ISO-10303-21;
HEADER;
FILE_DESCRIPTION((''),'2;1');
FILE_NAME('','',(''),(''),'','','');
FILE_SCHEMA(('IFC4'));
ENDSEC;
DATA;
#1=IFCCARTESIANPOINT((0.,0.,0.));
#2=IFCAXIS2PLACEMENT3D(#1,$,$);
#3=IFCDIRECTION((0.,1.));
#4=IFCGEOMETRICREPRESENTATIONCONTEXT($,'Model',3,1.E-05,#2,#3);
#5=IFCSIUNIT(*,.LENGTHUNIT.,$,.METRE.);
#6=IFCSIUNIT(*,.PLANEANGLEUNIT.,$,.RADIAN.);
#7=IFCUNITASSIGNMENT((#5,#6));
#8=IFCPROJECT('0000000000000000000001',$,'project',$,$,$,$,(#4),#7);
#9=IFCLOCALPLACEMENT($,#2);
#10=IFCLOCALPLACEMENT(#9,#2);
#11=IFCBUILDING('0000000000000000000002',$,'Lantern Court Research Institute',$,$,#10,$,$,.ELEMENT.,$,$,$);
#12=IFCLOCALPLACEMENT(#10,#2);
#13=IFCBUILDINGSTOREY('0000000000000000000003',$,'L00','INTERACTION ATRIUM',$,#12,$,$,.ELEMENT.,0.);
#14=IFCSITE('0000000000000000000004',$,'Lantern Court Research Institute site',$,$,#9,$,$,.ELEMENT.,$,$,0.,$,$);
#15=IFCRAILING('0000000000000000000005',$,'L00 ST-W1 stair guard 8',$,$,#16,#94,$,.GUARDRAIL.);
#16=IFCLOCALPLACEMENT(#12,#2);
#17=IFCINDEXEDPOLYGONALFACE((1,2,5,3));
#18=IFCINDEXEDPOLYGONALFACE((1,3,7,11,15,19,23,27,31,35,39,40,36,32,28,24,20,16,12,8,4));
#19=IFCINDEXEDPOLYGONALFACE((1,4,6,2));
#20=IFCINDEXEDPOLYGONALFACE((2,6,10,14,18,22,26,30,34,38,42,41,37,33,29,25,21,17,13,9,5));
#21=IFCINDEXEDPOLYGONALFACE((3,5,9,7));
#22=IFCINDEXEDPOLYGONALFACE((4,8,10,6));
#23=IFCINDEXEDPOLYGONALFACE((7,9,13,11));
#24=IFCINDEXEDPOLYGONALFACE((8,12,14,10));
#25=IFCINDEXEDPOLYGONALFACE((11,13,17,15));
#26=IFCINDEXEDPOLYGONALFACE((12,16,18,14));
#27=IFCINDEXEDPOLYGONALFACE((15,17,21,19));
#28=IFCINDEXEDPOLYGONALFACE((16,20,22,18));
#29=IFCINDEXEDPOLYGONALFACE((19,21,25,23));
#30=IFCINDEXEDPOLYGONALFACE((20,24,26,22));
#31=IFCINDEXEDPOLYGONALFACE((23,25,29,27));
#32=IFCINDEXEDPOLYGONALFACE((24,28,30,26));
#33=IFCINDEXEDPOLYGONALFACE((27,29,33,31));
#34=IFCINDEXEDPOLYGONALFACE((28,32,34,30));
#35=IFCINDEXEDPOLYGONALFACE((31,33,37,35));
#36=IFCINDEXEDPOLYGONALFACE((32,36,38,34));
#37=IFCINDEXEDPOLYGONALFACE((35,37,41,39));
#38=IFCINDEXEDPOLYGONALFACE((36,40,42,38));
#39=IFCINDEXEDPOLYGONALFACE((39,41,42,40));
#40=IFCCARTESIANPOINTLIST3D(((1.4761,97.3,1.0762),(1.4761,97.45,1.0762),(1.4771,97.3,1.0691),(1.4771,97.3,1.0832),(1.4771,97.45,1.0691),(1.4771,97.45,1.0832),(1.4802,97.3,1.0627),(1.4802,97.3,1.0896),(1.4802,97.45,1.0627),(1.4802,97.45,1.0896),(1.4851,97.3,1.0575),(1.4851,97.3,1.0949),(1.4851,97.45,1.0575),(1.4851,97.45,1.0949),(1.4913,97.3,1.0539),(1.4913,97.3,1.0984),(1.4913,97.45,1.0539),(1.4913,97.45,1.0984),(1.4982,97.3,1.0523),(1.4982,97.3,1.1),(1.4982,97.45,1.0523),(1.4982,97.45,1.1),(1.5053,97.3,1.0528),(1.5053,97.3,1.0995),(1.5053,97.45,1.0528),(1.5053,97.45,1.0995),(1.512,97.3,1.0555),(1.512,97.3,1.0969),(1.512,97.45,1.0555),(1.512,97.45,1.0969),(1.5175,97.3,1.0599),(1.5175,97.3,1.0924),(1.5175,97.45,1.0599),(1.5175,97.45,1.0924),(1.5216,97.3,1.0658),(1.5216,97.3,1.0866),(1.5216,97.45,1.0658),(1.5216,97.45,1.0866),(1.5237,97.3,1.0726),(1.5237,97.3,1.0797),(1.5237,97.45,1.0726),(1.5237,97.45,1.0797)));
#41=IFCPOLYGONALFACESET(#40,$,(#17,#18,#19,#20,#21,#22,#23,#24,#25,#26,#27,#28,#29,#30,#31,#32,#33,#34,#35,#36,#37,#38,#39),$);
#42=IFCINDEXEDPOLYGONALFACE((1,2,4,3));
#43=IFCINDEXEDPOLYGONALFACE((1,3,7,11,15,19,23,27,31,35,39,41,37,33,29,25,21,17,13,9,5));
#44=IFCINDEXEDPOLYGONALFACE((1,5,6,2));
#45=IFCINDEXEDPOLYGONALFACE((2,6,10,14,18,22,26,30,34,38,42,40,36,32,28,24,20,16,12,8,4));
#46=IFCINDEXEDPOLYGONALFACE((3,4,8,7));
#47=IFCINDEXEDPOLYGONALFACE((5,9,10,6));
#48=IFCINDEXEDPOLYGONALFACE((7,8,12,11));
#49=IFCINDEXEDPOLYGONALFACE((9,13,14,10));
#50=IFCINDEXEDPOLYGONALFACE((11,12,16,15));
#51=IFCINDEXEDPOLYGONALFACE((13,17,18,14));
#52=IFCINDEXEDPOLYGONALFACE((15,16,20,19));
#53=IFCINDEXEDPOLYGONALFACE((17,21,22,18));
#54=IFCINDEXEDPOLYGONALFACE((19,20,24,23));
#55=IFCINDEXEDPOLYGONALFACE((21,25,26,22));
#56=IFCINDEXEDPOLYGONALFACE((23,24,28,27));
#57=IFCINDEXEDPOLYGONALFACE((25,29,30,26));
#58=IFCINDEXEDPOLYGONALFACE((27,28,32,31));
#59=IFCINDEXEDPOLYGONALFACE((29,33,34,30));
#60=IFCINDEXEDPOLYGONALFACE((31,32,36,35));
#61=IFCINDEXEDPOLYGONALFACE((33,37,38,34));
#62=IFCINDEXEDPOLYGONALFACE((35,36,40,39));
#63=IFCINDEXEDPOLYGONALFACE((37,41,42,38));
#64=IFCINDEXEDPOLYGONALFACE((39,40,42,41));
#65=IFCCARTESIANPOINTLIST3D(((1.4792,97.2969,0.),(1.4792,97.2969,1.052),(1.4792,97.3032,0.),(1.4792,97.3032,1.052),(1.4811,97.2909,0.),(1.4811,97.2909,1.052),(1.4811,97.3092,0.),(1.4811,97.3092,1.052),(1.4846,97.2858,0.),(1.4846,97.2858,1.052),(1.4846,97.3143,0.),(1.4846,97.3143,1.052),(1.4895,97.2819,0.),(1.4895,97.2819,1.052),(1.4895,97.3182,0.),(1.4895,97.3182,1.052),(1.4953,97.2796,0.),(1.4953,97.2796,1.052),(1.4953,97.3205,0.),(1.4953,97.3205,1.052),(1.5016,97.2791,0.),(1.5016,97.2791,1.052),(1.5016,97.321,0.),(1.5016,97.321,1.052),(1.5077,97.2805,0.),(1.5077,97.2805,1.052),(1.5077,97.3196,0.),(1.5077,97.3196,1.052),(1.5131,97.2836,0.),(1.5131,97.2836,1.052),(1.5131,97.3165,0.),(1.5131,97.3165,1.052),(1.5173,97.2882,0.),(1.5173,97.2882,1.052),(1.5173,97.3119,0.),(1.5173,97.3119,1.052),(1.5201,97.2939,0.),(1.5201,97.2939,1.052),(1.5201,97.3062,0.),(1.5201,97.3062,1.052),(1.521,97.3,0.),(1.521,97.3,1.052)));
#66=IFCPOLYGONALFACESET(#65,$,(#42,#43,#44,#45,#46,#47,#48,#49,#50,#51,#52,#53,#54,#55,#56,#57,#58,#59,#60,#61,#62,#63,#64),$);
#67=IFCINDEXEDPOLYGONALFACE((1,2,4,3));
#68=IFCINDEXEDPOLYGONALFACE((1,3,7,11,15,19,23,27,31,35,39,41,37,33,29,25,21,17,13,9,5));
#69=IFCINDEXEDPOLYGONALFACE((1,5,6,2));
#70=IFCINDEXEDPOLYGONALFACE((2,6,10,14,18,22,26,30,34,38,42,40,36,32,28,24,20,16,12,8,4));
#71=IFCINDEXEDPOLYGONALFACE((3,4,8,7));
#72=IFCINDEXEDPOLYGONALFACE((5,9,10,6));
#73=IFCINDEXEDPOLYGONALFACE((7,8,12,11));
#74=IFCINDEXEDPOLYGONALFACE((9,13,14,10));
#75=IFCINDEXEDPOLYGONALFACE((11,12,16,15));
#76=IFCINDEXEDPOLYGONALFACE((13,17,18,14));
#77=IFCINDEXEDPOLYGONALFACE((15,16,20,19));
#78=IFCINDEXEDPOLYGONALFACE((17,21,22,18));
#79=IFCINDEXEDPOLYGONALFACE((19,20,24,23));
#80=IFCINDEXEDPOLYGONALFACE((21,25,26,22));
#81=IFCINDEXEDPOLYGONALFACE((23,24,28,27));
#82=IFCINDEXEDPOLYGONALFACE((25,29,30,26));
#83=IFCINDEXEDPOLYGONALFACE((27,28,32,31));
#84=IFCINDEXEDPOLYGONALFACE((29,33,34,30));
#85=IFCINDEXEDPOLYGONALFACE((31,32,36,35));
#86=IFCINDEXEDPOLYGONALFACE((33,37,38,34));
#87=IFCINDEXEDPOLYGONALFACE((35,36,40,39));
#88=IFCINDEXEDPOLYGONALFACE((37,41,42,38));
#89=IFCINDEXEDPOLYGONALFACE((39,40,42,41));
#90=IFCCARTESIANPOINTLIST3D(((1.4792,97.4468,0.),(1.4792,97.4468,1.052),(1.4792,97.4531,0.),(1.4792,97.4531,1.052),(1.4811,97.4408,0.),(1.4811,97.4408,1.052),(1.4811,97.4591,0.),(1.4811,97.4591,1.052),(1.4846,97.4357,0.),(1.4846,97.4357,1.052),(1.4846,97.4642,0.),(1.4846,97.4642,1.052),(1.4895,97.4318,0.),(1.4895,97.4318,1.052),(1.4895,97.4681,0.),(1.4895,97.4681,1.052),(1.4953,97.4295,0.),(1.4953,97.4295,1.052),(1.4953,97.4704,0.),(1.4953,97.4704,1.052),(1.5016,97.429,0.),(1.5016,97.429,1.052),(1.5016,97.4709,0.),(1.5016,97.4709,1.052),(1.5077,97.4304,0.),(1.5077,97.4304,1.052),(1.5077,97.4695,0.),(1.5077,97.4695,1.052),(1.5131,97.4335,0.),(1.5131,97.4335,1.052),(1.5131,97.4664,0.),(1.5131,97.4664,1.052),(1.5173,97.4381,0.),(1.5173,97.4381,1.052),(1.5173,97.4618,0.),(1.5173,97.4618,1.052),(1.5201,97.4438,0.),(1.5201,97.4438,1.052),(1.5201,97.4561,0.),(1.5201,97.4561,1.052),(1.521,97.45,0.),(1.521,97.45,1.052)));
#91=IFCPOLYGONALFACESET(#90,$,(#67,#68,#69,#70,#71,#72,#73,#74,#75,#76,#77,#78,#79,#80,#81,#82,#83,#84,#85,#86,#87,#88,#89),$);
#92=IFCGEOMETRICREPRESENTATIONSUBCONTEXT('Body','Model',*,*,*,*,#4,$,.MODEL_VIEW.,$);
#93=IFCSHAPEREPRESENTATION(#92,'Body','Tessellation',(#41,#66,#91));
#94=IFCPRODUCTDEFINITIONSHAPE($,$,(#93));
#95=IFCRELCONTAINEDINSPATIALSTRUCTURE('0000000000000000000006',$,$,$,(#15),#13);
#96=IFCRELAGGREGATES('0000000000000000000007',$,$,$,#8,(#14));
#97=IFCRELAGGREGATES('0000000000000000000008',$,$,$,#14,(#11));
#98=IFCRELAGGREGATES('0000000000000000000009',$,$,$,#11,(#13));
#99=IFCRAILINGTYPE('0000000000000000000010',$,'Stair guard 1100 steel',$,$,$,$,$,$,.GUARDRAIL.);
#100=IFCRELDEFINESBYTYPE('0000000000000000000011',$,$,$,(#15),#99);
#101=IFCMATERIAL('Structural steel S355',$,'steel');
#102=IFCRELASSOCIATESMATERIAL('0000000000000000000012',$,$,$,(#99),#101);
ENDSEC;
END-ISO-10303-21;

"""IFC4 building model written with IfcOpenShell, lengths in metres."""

from ifc_helpers import new_model, si_unit, direction, frame, origin, origin_2d, place, context, subcontext, project, spatial, circle, extrude, material, type_object, element, save


model = new_model("IFC4")

# Units and contexts
model_context = context("Model", 3, precision=1e-05, world=origin(), true_north=direction((0.0, 1.0)))
body_context = subcontext(model_context, "Body", "Model", "MODEL_VIEW")
ifc_project = project(units=[si_unit("LENGTHUNIT", "METRE"), si_unit("PLANEANGLEUNIT", "RADIAN")], contexts=[model_context])

# Site, building, storey
site_placement = place(None, origin())
site = spatial("IfcSite", under=ifc_project, at=site_placement, Name="Lantern Court Research Institute site", CompositionType="ELEMENT", RefElevation=0.0)
building_placement = place(site_placement, origin())
building = spatial("IfcBuilding", under=site, at=building_placement, Name="Lantern Court Research Institute", CompositionType="ELEMENT")
storey_placement = place(building_placement, origin())
storey = spatial("IfcBuildingStorey", under=building, at=storey_placement, Name="L00", Description="INTERACTION ATRIUM", CompositionType="ELEMENT", Elevation=0.0)

# Railing
ifc_material_1 = material(Name="Structural steel S355", Category="steel")
railing_type = type_object("IfcRailingType", Name="Stair guard 1100 steel", PredefinedType="GUARDRAIL", material=ifc_material_1)
railing_1_placement = place(storey_placement, frame((1.5, 97.3, 0.0)))
element("IfcRailing", 1, at=railing_1_placement, inside=storey, type_object=railing_type, Name="L00 ST-W1 stair guard 8", PredefinedType="GUARDRAIL", context=body_context, shape_type="SweptSolid", body=[
    extrude(circle(Radius=0.0239, at=origin_2d()), frame((0.0, 0.0, 1.0762), z_axis=(0.0, 1.0, 0.0), x_axis=(-1.0, 0.0, 0.0)), (0.0, 0.0, 1.0), 0.1499),
    extrude(circle(Radius=0.021, at=origin_2d()), origin(), (0.0, 0.0, 1.0), 1.052),
    extrude(circle(Radius=0.021, at=origin_2d()), frame((0.0, 0.1499, 0.0)), (0.0, 0.0, 1.0), 1.052),
])

save(model, "model.ifc")
